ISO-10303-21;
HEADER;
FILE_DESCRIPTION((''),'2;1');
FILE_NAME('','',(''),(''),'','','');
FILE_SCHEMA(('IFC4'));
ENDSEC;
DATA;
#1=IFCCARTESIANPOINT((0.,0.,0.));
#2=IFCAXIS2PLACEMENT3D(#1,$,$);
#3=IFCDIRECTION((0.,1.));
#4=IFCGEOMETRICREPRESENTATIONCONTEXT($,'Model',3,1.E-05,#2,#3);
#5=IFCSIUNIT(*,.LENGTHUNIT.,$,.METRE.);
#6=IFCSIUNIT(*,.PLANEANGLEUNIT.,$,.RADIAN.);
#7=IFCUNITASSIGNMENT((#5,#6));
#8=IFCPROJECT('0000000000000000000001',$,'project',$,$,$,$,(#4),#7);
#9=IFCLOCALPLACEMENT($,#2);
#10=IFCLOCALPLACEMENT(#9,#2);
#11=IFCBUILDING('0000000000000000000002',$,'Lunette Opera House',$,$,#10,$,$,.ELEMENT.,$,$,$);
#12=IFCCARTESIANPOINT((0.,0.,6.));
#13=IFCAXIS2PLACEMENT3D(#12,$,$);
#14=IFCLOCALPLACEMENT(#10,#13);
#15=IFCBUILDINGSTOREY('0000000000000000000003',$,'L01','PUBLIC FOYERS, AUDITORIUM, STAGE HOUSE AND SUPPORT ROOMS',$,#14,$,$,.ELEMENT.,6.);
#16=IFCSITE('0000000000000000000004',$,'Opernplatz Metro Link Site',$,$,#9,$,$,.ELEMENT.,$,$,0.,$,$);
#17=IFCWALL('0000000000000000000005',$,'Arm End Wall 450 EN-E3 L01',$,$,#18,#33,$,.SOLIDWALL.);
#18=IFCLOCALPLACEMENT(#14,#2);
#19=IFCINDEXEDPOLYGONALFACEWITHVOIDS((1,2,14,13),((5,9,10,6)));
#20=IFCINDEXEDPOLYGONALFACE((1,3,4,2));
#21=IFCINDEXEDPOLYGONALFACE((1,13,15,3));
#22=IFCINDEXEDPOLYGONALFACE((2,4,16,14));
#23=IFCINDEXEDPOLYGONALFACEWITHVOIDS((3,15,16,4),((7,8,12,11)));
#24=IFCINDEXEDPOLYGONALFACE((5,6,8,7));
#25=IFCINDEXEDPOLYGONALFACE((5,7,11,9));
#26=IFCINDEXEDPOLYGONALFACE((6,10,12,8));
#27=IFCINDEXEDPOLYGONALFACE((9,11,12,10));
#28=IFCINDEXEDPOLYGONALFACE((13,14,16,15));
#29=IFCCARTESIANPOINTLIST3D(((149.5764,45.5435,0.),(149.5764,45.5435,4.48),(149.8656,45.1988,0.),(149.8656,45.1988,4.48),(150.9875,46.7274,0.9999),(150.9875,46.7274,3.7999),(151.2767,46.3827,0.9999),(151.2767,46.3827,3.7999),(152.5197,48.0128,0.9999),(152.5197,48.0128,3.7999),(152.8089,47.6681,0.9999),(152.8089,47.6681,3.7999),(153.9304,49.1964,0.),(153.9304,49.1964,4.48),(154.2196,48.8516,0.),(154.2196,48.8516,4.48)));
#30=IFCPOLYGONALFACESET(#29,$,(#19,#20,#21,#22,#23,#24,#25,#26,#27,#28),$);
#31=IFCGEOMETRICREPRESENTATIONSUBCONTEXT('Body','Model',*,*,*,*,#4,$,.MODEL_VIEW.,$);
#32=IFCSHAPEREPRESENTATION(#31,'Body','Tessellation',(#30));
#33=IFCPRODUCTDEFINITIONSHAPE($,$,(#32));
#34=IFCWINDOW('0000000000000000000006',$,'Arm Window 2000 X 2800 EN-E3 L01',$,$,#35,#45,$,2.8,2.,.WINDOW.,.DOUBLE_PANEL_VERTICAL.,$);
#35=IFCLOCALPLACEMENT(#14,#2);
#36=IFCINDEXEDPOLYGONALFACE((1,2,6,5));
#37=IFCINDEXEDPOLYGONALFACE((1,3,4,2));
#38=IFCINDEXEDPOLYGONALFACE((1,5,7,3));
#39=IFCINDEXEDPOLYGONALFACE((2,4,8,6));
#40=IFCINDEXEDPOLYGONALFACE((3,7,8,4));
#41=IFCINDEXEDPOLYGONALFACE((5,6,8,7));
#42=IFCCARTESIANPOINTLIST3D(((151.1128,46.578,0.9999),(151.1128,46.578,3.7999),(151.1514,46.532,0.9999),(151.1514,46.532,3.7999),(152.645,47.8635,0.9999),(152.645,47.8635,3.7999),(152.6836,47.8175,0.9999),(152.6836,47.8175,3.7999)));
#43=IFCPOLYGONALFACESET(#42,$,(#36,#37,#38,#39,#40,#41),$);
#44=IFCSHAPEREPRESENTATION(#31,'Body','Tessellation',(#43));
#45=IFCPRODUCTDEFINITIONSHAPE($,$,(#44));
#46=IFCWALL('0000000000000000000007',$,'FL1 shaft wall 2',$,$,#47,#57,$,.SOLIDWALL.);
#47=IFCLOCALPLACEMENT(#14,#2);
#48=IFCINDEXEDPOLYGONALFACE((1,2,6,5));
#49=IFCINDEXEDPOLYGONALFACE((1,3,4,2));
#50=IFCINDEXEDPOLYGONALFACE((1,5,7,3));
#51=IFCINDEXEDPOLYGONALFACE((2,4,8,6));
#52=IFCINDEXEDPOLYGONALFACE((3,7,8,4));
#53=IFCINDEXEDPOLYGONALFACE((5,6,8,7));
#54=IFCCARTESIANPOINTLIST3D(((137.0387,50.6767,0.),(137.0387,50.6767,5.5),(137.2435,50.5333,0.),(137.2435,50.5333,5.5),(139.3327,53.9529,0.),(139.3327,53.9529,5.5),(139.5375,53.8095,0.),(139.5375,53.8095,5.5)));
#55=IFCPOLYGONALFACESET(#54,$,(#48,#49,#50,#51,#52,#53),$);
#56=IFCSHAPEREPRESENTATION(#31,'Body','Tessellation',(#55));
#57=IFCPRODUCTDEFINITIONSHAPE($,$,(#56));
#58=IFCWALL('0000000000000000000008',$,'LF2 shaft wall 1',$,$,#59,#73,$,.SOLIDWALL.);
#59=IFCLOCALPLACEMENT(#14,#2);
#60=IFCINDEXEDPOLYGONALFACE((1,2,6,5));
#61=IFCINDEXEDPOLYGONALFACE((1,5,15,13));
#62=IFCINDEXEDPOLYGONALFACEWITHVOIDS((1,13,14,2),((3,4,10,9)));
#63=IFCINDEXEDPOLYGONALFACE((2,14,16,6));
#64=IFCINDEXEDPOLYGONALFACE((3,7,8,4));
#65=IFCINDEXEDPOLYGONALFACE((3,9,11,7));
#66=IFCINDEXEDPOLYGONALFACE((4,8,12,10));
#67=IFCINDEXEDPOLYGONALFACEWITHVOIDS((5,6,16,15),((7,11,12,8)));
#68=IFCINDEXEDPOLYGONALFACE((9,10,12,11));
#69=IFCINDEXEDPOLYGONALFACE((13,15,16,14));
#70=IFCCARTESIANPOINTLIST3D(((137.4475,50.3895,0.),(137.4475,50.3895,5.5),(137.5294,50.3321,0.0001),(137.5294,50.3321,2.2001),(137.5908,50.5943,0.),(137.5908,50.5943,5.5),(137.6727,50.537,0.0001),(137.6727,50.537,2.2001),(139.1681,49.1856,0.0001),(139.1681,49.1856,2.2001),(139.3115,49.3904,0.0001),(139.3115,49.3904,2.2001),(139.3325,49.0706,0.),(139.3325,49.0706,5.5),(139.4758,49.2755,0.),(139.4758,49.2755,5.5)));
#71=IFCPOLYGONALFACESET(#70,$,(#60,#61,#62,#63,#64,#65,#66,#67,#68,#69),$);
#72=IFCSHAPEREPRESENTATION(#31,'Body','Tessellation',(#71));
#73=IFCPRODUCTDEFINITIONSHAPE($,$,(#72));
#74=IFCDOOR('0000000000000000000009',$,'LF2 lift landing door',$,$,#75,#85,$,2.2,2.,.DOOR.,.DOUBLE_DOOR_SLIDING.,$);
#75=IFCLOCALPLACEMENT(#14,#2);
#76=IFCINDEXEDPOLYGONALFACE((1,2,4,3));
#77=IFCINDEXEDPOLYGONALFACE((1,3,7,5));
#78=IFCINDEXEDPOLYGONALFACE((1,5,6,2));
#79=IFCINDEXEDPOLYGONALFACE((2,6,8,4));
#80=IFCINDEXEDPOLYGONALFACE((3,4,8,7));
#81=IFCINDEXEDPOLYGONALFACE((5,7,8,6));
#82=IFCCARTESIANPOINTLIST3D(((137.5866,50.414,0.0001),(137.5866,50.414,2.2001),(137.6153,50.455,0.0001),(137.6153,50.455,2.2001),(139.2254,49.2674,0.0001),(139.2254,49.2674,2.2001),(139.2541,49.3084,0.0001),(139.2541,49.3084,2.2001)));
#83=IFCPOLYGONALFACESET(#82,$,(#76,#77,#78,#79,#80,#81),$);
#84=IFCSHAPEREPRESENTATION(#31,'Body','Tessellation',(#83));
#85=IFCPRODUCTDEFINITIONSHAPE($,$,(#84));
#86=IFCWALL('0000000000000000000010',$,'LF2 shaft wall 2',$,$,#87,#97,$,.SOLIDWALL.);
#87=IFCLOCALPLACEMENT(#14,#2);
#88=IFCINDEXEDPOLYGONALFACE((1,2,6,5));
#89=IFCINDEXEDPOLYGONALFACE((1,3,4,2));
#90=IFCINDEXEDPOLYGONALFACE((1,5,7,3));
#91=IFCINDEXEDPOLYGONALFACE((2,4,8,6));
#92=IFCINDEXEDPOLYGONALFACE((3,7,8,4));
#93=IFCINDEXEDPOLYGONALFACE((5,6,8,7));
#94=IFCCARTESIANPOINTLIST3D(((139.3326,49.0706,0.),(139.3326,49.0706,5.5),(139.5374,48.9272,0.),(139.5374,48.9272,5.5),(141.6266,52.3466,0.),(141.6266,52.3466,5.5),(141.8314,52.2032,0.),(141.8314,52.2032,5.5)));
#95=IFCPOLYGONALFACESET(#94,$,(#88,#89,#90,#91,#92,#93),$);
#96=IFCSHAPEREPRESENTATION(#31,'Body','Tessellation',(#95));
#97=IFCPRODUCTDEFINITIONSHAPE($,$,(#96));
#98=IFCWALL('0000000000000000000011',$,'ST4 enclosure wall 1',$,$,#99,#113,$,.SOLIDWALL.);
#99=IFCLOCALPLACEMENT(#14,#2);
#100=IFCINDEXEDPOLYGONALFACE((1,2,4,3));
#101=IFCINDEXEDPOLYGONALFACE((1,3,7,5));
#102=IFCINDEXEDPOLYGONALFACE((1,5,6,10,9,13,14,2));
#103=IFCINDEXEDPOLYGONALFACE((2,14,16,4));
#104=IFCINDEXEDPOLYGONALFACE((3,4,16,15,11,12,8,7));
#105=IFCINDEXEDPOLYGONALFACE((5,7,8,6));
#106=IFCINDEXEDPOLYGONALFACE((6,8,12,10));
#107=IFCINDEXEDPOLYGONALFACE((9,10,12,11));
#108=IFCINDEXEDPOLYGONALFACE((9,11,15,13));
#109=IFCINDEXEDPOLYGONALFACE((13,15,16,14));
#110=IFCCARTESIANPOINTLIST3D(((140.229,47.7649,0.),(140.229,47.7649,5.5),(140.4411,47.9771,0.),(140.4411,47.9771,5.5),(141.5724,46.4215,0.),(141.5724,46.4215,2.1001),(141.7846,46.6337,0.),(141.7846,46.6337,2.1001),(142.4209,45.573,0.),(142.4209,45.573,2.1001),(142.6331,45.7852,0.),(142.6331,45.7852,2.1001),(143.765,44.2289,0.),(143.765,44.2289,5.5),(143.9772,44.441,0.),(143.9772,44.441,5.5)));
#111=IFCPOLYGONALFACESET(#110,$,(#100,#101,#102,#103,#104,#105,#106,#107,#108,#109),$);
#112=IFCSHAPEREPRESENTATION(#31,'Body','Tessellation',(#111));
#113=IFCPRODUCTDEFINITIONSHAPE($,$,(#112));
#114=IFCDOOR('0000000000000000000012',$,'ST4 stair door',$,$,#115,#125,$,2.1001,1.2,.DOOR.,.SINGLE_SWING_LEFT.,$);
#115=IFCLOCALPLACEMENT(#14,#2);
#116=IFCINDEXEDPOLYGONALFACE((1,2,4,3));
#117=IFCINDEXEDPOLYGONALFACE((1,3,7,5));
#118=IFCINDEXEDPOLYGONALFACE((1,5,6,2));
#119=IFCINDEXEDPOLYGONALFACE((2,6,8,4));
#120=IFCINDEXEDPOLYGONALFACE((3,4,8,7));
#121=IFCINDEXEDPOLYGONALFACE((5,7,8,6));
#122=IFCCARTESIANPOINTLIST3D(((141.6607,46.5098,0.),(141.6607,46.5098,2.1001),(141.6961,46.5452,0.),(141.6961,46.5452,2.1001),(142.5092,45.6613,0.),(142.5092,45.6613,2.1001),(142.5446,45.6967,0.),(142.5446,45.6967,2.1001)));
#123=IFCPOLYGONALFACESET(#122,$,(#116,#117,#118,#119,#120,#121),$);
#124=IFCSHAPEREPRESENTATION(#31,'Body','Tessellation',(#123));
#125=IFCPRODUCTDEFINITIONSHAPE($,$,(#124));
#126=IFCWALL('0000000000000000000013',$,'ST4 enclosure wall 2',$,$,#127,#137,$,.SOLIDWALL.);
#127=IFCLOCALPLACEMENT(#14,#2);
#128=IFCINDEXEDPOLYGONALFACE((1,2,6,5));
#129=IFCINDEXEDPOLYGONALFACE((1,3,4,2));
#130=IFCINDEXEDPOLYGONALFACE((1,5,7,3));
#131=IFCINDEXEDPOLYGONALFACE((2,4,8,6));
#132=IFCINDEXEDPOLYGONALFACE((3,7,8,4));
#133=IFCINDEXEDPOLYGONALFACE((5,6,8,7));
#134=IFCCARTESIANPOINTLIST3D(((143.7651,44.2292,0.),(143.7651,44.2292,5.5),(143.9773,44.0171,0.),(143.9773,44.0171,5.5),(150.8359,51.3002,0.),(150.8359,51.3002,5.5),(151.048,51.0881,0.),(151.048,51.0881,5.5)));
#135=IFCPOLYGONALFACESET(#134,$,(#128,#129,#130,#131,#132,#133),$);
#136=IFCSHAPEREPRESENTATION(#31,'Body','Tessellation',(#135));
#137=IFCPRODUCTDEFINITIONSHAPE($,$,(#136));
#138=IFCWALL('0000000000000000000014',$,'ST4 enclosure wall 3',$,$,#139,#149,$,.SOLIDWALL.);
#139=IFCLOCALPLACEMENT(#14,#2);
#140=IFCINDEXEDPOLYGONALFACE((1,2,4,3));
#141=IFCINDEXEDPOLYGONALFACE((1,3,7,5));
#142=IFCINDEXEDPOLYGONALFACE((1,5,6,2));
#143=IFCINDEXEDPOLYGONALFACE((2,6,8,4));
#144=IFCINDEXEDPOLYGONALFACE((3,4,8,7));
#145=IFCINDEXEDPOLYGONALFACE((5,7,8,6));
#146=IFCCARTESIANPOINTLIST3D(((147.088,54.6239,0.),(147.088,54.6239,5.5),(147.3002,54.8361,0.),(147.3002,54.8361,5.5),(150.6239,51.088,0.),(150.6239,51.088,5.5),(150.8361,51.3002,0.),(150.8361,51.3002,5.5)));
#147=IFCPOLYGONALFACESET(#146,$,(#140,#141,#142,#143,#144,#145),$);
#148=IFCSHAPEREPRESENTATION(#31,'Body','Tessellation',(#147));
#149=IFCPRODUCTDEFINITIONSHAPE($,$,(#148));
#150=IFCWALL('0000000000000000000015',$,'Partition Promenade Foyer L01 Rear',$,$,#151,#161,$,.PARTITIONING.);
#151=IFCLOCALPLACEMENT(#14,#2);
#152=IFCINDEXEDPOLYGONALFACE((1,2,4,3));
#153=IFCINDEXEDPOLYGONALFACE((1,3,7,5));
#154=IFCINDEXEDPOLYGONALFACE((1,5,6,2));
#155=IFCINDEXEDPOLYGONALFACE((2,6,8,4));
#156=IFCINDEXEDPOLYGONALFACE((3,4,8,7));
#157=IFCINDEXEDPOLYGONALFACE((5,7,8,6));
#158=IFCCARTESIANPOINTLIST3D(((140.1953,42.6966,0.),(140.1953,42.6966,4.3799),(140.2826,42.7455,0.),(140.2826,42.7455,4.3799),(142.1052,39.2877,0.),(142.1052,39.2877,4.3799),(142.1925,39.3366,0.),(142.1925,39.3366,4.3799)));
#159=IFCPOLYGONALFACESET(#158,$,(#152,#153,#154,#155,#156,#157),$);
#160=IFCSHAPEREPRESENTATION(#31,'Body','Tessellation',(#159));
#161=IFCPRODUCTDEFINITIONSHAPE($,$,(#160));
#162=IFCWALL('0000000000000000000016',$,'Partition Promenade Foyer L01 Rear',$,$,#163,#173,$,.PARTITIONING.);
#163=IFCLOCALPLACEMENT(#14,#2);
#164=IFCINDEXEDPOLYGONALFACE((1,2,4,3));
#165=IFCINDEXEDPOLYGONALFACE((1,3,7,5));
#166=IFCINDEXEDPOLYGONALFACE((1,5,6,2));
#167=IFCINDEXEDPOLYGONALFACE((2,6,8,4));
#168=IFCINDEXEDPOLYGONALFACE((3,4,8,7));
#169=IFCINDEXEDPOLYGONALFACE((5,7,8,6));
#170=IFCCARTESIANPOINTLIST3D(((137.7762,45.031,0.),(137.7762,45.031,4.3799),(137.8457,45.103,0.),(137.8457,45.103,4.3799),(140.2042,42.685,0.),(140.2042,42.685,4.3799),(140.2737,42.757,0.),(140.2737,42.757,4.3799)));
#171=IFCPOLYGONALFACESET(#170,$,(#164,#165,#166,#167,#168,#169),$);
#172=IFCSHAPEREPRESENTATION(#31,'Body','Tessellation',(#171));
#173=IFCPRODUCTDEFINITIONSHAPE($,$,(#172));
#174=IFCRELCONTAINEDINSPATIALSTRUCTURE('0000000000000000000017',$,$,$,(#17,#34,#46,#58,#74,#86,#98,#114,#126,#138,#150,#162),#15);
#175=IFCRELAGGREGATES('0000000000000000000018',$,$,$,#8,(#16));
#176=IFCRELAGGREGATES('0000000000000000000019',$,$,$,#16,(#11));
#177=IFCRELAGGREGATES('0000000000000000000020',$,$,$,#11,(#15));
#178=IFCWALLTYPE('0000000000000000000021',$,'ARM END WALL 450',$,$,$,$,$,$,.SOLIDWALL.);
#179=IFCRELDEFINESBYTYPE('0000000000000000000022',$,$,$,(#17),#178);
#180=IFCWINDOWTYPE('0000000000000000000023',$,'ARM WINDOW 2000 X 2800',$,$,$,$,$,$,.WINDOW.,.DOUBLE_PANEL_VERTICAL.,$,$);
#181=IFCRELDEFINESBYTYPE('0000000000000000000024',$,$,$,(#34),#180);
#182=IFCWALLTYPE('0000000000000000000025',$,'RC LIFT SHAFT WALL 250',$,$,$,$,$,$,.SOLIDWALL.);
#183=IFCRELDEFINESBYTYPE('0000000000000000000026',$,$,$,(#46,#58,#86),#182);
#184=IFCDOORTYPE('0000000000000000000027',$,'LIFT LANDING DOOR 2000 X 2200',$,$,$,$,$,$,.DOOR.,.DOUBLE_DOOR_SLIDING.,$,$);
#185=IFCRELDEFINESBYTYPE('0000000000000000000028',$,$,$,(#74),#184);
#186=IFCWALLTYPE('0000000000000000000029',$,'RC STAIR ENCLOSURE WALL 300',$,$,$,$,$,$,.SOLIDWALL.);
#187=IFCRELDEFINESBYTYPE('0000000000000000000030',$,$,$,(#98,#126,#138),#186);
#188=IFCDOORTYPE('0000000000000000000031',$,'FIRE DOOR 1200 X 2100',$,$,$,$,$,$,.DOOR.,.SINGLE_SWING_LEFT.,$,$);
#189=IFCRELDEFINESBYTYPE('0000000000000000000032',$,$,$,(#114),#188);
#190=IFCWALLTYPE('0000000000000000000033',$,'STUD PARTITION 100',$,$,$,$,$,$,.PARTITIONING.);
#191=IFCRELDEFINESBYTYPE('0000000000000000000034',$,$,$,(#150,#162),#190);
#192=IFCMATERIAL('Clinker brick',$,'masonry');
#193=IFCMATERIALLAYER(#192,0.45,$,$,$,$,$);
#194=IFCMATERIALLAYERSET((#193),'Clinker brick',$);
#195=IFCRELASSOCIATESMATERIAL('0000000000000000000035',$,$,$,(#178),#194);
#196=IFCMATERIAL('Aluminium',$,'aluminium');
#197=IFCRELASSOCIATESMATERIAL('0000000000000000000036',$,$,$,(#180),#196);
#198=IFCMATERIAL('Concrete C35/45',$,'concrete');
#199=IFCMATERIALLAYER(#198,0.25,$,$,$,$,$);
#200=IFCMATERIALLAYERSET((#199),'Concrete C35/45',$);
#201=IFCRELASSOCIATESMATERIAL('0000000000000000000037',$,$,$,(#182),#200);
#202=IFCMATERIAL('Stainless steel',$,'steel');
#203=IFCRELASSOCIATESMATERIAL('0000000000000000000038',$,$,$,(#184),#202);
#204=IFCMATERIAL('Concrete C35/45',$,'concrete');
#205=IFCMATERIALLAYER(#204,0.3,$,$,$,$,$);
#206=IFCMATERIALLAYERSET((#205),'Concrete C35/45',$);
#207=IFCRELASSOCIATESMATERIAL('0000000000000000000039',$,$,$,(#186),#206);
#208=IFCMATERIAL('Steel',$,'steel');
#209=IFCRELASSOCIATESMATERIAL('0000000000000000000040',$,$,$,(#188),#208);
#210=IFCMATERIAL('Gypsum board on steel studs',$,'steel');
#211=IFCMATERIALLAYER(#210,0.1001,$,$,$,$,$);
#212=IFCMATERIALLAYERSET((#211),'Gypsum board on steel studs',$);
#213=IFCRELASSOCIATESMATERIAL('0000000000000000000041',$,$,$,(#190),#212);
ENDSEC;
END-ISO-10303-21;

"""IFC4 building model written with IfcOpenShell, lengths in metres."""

from ifc_helpers import new_model, si_unit, direction, frame, frame_2d, origin, place, context, subcontext, project, spatial, rectangle, extrude, material, layer, layer_set, type_object, element, fill, save


model = new_model("IFC4")

# Units and contexts
model_context = context("Model", 3, precision=1e-05, world=origin(), true_north=direction((0.0, 1.0)))
body_context = subcontext(model_context, "Body", "Model", "MODEL_VIEW")
ifc_project = project(units=[si_unit("LENGTHUNIT", "METRE"), si_unit("PLANEANGLEUNIT", "RADIAN")], contexts=[model_context])

# Site, building, storey
site_placement = place(None, origin())
site = spatial("IfcSite", under=ifc_project, at=site_placement, Name="Opernplatz Metro Link Site", CompositionType="ELEMENT", RefElevation=0.0)
building_placement = place(site_placement, origin())
building = spatial("IfcBuilding", under=site, at=building_placement, Name="Lunette Opera House", CompositionType="ELEMENT")
storey_placement = place(building_placement, frame((0.0, 0.0, 6.0)))
storey = spatial("IfcBuildingStorey", under=building, at=storey_placement, Name="L01", Description="PUBLIC FOYERS, AUDITORIUM, STAGE HOUSE AND SUPPORT ROOMS", CompositionType="ELEMENT", Elevation=6.0)

# Wall, opening, window
ifc_material_1 = material(Name="Clinker brick", Category="masonry")
ifc_layer_1 = layer(ifc_material_1, 0.45)
ifc_layer_set_1 = layer_set([ifc_layer_1], Name="Clinker brick")
wall_type_1 = type_object("IfcWallType", Name="ARM END WALL 450", PredefinedType="SOLIDWALL", material=ifc_layer_set_1)
ifc_material_2 = material(Name="Aluminium", Category="aluminium")
window_type = type_object("IfcWindowType", Name="ARM WINDOW 2000 X 2800", PartitioningType="DOUBLE_PANEL_VERTICAL", PredefinedType="WINDOW", material=ifc_material_2)
wall_1_placement = place(storey_placement, frame((149.7209, 45.3711, 0.0), z_axis=(0.0, 0.0, 1.0), x_axis=(0.766097, 0.642725, 0.0)))
wall_1 = element("IfcWall", 1, at=wall_1_placement, inside=storey, type_object=wall_type_1, Name="Arm End Wall 450 EN-E3 L01", PredefinedType="SOLIDWALL", context=body_context, shape_type="SweptSolid", body=[
    extrude(rectangle(XDim=5.6833, YDim=0.45, at=frame_2d((2.8418, 0.0))), origin(), (0.0, 0.0, 1.0), 4.48),
])
opening_1_placement = place(wall_1_placement, frame((1.842, 0.0, 1.0)))
opening_1 = element("IfcOpeningElement", 2, at=opening_1_placement, cuts=wall_1, PredefinedType="OPENING", context=body_context, shape_type="SweptSolid", body=[
    extrude(rectangle(XDim=2.0, YDim=2.8, at=frame_2d((1.0, 1.3999))), frame((0.0, 0.2371, 0.0), z_axis=(0.0, -1.0, 0.0), x_axis=(1.0, 0.0, 0.0)), (0.0, 0.0, 1.0), 0.4739),
])
window_1_placement = place(opening_1_placement, origin())
window_1 = element("IfcWindow", 3, at=window_1_placement, inside=storey, type_object=window_type, Name="Arm Window 2000 X 2800 EN-E3 L01", OverallHeight=2.8, OverallWidth=2.0, PartitioningType="DOUBLE_PANEL_VERTICAL", PredefinedType="WINDOW", context=body_context, shape_type="SweptSolid", body=[
    extrude(rectangle(XDim=2.0, YDim=2.8, at=frame_2d((1.0, 1.3999))), frame((0.0, 0.03, 0.0), z_axis=(0.0, -1.0, 0.0), x_axis=(1.0, 0.0, 0.0)), (0.0, 0.0, 1.0), 0.0601),
])
fill(opening_1, window_1)

# Wall
ifc_material_3 = material(Name="Concrete C35/45", Category="concrete")
ifc_layer_2 = layer(ifc_material_3, 0.25)
ifc_layer_set_2 = layer_set([ifc_layer_2], Name="Concrete C35/45")
wall_type_2 = type_object("IfcWallType", Name="RC LIFT SHAFT WALL 250", PredefinedType="SOLIDWALL", material=ifc_layer_set_2)
wall_2_placement = place(storey_placement, frame((137.1411, 50.605, 0.0), z_axis=(0.0, 0.0, 1.0), x_axis=(0.573573, 0.819154, 0.0)))
element("IfcWall", 4, at=wall_2_placement, inside=storey, type_object=wall_type_2, Name="FL1 shaft wall 2", PredefinedType="SOLIDWALL", context=body_context, shape_type="SweptSolid", body=[
    extrude(rectangle(XDim=3.9995, YDim=0.25, at=frame_2d((1.9998, 0.0))), origin(), (0.0, 0.0, 1.0), 5.5),
])

# Wall, opening, door
wall_3_placement = place(storey_placement, frame((137.519, 50.4919, 0.0), z_axis=(0.0, 0.0, 1.0), x_axis=(0.819367, -0.57327, 0.0)))
wall_3 = element("IfcWall", 5, at=wall_3_placement, inside=storey, type_object=wall_type_2, Name="LF2 shaft wall 1", PredefinedType="SOLIDWALL", context=body_context, shape_type="SweptSolid", body=[
    extrude(rectangle(XDim=2.3005, YDim=0.25, at=frame_2d((1.1504, 0.0))), origin(), (0.0, 0.0, 1.0), 5.5),
])
opening_2_placement = place(wall_3_placement, frame((0.1001, 0.0, 0.0)))
opening_2 = element("IfcOpeningElement", 6, at=opening_2_placement, cuts=wall_3, PredefinedType="OPENING", context=body_context, shape_type="SweptSolid", body=[
    extrude(rectangle(XDim=2.0, YDim=2.2, at=frame_2d((1.0, 1.1001))), frame((0.0, 0.137, 0.0), z_axis=(0.0, -1.0, 0.0), x_axis=(1.0, 0.0, 0.0)), (0.0, 0.0, 1.0), 0.2739),
])
ifc_material_4 = material(Name="Stainless steel", Category="steel")
door_type_1 = type_object("IfcDoorType", Name="LIFT LANDING DOOR 2000 X 2200", OperationType="DOUBLE_DOOR_SLIDING", PredefinedType="DOOR", material=ifc_material_4)
door_1_placement = place(opening_2_placement, origin())
door_1 = element("IfcDoor", 7, at=door_1_placement, inside=storey, type_object=door_type_1, Name="LF2 lift landing door", OperationType="DOUBLE_DOOR_SLIDING", OverallHeight=2.2, OverallWidth=2.0, PredefinedType="DOOR", context=body_context, shape_type="SweptSolid", body=[
    extrude(rectangle(XDim=2.0, YDim=2.2, at=frame_2d((1.0, 1.1001))), frame((0.0, 0.0249, 0.0), z_axis=(0.0, -1.0, 0.0), x_axis=(1.0, 0.0, 0.0)), (0.0, 0.0, 1.0), 0.05),
])
fill(opening_2, door_1)

# Wall
wall_4_placement = place(storey_placement, frame((139.4351, 48.999, 0.0), z_axis=(0.0, 0.0, 1.0), x_axis=(0.573602, 0.819134, 0.0)))
element("IfcWall", 8, at=wall_4_placement, inside=storey, type_object=wall_type_2, Name="LF2 shaft wall 2", PredefinedType="SOLIDWALL", context=body_context, shape_type="SweptSolid", body=[
    extrude(rectangle(XDim=3.9993, YDim=0.25, at=frame_2d((1.9995, 0.0))), origin(), (0.0, 0.0, 1.0), 5.5),
])

# Wall, opening, door
ifc_material_5 = material(Name="Concrete C35/45", Category="concrete")
ifc_layer_3 = layer(ifc_material_5, 0.3)
ifc_layer_set_3 = layer_set([ifc_layer_3], Name="Concrete C35/45")
wall_type_3 = type_object("IfcWallType", Name="RC STAIR ENCLOSURE WALL 300", PredefinedType="SOLIDWALL", material=ifc_layer_set_3)
wall_5_placement = place(storey_placement, frame((140.335, 47.8711, 0.0), z_axis=(0.0, 0.0, 1.0), x_axis=(0.707107, -0.707107, 0.0)))
wall_5 = element("IfcWall", 9, at=wall_5_placement, inside=storey, type_object=wall_type_3, Name="ST4 enclosure wall 1", PredefinedType="SOLIDWALL", context=body_context, shape_type="SweptSolid", body=[
    extrude(rectangle(XDim=5.0007, YDim=0.3, at=frame_2d((2.5005, 0.0))), origin(), (0.0, 0.0, 1.0), 5.5),
])
opening_3_placement = place(wall_5_placement, frame((1.8999, 0.0, 0.0)))
opening_3 = element("IfcOpeningElement", 10, at=opening_3_placement, cuts=wall_5, PredefinedType="OPENING", context=body_context, shape_type="SweptSolid", body=[
    extrude(rectangle(XDim=1.2, YDim=2.1001, at=frame_2d((0.6001, 1.05))), frame((0.0, 0.1621, 0.0), z_axis=(0.0, -1.0, 0.0), x_axis=(1.0, 0.0, 0.0)), (0.0, 0.0, 1.0), 0.324),
])
ifc_material_6 = material(Name="Steel", Category="steel")
door_type_2 = type_object("IfcDoorType", Name="FIRE DOOR 1200 X 2100", OperationType="SINGLE_SWING_LEFT", PredefinedType="DOOR", material=ifc_material_6)
door_2_placement = place(opening_3_placement, origin())
door_2 = element("IfcDoor", 11, at=door_2_placement, inside=storey, type_object=door_type_2, Name="ST4 stair door", OperationType="SINGLE_SWING_LEFT", OverallHeight=2.1001, OverallWidth=1.2, PredefinedType="DOOR", context=body_context, shape_type="SweptSolid", body=[
    extrude(rectangle(XDim=1.2, YDim=2.1001, at=frame_2d((0.6001, 1.05))), frame((0.0, 0.0249, 0.0), z_axis=(0.0, -1.0, 0.0), x_axis=(1.0, 0.0, 0.0)), (0.0, 0.0, 1.0), 0.05),
])
fill(opening_3, door_2)

# Walls
wall_6_placement = place(storey_placement, frame((143.8711, 44.123, 0.0), z_axis=(0.0, 0.0, 1.0), x_axis=(0.707095, 0.707119, 0.0)))
element("IfcWall", 12, at=wall_6_placement, inside=storey, type_object=wall_type_3, Name="ST4 enclosure wall 2", PredefinedType="SOLIDWALL", context=body_context, shape_type="SweptSolid", body=[
    extrude(rectangle(XDim=9.9998, YDim=0.3, at=frame_2d((5.0, 0.0))), origin(), (0.0, 0.0, 1.0), 5.5),
])
wall_7_placement = place(storey_placement, frame((150.73, 51.1941, 0.0), z_axis=(0.0, 0.0, 1.0), x_axis=(-0.707107, 0.707107, 0.0)))
element("IfcWall", 13, at=wall_7_placement, inside=storey, type_object=wall_type_3, Name="ST4 enclosure wall 3", PredefinedType="SOLIDWALL", context=body_context, shape_type="SweptSolid", body=[
    extrude(rectangle(XDim=5.0005, YDim=0.3, at=frame_2d((2.5002, 0.0))), origin(), (0.0, 0.0, 1.0), 5.5),
])
ifc_material_7 = material(Name="Gypsum board on steel studs", Category="steel")
ifc_layer_4 = layer(ifc_material_7, 0.1001)
ifc_layer_set_4 = layer_set([ifc_layer_4], Name="Gypsum board on steel studs")
wall_type_4 = type_object("IfcWallType", Name="STUD PARTITION 100", PredefinedType="PARTITIONING", material=ifc_layer_set_4)
wall_8_placement = place(storey_placement, frame((140.239, 42.7209, 0.0), z_axis=(0.0, 0.0, 1.0), x_axis=(0.48878, -0.872407, 0.0)))
element("IfcWall", 14, at=wall_8_placement, inside=storey, type_object=wall_type_4, Name="Partition Promenade Foyer L01 Rear", PredefinedType="PARTITIONING", context=body_context, shape_type="SweptSolid", body=[
    extrude(rectangle(XDim=3.9075, YDim=0.1001, at=frame_2d((1.9536, 0.0))), origin(), (0.0, 0.0, 1.0), 4.3799),
])
wall_9_placement = place(storey_placement, frame((137.811, 45.0669, 0.0), z_axis=(0.0, 0.0, 1.0), x_axis=(0.719151, -0.694854, 0.0)))
element("IfcWall", 15, at=wall_9_placement, inside=storey, type_object=wall_type_4, Name="Partition Promenade Foyer L01 Rear", PredefinedType="PARTITIONING", context=body_context, shape_type="SweptSolid", body=[
    extrude(rectangle(XDim=3.3762, YDim=0.1001, at=frame_2d((1.688, 0.0))), origin(), (0.0, 0.0, 1.0), 4.3799),
])

save(model, "model.ifc")
